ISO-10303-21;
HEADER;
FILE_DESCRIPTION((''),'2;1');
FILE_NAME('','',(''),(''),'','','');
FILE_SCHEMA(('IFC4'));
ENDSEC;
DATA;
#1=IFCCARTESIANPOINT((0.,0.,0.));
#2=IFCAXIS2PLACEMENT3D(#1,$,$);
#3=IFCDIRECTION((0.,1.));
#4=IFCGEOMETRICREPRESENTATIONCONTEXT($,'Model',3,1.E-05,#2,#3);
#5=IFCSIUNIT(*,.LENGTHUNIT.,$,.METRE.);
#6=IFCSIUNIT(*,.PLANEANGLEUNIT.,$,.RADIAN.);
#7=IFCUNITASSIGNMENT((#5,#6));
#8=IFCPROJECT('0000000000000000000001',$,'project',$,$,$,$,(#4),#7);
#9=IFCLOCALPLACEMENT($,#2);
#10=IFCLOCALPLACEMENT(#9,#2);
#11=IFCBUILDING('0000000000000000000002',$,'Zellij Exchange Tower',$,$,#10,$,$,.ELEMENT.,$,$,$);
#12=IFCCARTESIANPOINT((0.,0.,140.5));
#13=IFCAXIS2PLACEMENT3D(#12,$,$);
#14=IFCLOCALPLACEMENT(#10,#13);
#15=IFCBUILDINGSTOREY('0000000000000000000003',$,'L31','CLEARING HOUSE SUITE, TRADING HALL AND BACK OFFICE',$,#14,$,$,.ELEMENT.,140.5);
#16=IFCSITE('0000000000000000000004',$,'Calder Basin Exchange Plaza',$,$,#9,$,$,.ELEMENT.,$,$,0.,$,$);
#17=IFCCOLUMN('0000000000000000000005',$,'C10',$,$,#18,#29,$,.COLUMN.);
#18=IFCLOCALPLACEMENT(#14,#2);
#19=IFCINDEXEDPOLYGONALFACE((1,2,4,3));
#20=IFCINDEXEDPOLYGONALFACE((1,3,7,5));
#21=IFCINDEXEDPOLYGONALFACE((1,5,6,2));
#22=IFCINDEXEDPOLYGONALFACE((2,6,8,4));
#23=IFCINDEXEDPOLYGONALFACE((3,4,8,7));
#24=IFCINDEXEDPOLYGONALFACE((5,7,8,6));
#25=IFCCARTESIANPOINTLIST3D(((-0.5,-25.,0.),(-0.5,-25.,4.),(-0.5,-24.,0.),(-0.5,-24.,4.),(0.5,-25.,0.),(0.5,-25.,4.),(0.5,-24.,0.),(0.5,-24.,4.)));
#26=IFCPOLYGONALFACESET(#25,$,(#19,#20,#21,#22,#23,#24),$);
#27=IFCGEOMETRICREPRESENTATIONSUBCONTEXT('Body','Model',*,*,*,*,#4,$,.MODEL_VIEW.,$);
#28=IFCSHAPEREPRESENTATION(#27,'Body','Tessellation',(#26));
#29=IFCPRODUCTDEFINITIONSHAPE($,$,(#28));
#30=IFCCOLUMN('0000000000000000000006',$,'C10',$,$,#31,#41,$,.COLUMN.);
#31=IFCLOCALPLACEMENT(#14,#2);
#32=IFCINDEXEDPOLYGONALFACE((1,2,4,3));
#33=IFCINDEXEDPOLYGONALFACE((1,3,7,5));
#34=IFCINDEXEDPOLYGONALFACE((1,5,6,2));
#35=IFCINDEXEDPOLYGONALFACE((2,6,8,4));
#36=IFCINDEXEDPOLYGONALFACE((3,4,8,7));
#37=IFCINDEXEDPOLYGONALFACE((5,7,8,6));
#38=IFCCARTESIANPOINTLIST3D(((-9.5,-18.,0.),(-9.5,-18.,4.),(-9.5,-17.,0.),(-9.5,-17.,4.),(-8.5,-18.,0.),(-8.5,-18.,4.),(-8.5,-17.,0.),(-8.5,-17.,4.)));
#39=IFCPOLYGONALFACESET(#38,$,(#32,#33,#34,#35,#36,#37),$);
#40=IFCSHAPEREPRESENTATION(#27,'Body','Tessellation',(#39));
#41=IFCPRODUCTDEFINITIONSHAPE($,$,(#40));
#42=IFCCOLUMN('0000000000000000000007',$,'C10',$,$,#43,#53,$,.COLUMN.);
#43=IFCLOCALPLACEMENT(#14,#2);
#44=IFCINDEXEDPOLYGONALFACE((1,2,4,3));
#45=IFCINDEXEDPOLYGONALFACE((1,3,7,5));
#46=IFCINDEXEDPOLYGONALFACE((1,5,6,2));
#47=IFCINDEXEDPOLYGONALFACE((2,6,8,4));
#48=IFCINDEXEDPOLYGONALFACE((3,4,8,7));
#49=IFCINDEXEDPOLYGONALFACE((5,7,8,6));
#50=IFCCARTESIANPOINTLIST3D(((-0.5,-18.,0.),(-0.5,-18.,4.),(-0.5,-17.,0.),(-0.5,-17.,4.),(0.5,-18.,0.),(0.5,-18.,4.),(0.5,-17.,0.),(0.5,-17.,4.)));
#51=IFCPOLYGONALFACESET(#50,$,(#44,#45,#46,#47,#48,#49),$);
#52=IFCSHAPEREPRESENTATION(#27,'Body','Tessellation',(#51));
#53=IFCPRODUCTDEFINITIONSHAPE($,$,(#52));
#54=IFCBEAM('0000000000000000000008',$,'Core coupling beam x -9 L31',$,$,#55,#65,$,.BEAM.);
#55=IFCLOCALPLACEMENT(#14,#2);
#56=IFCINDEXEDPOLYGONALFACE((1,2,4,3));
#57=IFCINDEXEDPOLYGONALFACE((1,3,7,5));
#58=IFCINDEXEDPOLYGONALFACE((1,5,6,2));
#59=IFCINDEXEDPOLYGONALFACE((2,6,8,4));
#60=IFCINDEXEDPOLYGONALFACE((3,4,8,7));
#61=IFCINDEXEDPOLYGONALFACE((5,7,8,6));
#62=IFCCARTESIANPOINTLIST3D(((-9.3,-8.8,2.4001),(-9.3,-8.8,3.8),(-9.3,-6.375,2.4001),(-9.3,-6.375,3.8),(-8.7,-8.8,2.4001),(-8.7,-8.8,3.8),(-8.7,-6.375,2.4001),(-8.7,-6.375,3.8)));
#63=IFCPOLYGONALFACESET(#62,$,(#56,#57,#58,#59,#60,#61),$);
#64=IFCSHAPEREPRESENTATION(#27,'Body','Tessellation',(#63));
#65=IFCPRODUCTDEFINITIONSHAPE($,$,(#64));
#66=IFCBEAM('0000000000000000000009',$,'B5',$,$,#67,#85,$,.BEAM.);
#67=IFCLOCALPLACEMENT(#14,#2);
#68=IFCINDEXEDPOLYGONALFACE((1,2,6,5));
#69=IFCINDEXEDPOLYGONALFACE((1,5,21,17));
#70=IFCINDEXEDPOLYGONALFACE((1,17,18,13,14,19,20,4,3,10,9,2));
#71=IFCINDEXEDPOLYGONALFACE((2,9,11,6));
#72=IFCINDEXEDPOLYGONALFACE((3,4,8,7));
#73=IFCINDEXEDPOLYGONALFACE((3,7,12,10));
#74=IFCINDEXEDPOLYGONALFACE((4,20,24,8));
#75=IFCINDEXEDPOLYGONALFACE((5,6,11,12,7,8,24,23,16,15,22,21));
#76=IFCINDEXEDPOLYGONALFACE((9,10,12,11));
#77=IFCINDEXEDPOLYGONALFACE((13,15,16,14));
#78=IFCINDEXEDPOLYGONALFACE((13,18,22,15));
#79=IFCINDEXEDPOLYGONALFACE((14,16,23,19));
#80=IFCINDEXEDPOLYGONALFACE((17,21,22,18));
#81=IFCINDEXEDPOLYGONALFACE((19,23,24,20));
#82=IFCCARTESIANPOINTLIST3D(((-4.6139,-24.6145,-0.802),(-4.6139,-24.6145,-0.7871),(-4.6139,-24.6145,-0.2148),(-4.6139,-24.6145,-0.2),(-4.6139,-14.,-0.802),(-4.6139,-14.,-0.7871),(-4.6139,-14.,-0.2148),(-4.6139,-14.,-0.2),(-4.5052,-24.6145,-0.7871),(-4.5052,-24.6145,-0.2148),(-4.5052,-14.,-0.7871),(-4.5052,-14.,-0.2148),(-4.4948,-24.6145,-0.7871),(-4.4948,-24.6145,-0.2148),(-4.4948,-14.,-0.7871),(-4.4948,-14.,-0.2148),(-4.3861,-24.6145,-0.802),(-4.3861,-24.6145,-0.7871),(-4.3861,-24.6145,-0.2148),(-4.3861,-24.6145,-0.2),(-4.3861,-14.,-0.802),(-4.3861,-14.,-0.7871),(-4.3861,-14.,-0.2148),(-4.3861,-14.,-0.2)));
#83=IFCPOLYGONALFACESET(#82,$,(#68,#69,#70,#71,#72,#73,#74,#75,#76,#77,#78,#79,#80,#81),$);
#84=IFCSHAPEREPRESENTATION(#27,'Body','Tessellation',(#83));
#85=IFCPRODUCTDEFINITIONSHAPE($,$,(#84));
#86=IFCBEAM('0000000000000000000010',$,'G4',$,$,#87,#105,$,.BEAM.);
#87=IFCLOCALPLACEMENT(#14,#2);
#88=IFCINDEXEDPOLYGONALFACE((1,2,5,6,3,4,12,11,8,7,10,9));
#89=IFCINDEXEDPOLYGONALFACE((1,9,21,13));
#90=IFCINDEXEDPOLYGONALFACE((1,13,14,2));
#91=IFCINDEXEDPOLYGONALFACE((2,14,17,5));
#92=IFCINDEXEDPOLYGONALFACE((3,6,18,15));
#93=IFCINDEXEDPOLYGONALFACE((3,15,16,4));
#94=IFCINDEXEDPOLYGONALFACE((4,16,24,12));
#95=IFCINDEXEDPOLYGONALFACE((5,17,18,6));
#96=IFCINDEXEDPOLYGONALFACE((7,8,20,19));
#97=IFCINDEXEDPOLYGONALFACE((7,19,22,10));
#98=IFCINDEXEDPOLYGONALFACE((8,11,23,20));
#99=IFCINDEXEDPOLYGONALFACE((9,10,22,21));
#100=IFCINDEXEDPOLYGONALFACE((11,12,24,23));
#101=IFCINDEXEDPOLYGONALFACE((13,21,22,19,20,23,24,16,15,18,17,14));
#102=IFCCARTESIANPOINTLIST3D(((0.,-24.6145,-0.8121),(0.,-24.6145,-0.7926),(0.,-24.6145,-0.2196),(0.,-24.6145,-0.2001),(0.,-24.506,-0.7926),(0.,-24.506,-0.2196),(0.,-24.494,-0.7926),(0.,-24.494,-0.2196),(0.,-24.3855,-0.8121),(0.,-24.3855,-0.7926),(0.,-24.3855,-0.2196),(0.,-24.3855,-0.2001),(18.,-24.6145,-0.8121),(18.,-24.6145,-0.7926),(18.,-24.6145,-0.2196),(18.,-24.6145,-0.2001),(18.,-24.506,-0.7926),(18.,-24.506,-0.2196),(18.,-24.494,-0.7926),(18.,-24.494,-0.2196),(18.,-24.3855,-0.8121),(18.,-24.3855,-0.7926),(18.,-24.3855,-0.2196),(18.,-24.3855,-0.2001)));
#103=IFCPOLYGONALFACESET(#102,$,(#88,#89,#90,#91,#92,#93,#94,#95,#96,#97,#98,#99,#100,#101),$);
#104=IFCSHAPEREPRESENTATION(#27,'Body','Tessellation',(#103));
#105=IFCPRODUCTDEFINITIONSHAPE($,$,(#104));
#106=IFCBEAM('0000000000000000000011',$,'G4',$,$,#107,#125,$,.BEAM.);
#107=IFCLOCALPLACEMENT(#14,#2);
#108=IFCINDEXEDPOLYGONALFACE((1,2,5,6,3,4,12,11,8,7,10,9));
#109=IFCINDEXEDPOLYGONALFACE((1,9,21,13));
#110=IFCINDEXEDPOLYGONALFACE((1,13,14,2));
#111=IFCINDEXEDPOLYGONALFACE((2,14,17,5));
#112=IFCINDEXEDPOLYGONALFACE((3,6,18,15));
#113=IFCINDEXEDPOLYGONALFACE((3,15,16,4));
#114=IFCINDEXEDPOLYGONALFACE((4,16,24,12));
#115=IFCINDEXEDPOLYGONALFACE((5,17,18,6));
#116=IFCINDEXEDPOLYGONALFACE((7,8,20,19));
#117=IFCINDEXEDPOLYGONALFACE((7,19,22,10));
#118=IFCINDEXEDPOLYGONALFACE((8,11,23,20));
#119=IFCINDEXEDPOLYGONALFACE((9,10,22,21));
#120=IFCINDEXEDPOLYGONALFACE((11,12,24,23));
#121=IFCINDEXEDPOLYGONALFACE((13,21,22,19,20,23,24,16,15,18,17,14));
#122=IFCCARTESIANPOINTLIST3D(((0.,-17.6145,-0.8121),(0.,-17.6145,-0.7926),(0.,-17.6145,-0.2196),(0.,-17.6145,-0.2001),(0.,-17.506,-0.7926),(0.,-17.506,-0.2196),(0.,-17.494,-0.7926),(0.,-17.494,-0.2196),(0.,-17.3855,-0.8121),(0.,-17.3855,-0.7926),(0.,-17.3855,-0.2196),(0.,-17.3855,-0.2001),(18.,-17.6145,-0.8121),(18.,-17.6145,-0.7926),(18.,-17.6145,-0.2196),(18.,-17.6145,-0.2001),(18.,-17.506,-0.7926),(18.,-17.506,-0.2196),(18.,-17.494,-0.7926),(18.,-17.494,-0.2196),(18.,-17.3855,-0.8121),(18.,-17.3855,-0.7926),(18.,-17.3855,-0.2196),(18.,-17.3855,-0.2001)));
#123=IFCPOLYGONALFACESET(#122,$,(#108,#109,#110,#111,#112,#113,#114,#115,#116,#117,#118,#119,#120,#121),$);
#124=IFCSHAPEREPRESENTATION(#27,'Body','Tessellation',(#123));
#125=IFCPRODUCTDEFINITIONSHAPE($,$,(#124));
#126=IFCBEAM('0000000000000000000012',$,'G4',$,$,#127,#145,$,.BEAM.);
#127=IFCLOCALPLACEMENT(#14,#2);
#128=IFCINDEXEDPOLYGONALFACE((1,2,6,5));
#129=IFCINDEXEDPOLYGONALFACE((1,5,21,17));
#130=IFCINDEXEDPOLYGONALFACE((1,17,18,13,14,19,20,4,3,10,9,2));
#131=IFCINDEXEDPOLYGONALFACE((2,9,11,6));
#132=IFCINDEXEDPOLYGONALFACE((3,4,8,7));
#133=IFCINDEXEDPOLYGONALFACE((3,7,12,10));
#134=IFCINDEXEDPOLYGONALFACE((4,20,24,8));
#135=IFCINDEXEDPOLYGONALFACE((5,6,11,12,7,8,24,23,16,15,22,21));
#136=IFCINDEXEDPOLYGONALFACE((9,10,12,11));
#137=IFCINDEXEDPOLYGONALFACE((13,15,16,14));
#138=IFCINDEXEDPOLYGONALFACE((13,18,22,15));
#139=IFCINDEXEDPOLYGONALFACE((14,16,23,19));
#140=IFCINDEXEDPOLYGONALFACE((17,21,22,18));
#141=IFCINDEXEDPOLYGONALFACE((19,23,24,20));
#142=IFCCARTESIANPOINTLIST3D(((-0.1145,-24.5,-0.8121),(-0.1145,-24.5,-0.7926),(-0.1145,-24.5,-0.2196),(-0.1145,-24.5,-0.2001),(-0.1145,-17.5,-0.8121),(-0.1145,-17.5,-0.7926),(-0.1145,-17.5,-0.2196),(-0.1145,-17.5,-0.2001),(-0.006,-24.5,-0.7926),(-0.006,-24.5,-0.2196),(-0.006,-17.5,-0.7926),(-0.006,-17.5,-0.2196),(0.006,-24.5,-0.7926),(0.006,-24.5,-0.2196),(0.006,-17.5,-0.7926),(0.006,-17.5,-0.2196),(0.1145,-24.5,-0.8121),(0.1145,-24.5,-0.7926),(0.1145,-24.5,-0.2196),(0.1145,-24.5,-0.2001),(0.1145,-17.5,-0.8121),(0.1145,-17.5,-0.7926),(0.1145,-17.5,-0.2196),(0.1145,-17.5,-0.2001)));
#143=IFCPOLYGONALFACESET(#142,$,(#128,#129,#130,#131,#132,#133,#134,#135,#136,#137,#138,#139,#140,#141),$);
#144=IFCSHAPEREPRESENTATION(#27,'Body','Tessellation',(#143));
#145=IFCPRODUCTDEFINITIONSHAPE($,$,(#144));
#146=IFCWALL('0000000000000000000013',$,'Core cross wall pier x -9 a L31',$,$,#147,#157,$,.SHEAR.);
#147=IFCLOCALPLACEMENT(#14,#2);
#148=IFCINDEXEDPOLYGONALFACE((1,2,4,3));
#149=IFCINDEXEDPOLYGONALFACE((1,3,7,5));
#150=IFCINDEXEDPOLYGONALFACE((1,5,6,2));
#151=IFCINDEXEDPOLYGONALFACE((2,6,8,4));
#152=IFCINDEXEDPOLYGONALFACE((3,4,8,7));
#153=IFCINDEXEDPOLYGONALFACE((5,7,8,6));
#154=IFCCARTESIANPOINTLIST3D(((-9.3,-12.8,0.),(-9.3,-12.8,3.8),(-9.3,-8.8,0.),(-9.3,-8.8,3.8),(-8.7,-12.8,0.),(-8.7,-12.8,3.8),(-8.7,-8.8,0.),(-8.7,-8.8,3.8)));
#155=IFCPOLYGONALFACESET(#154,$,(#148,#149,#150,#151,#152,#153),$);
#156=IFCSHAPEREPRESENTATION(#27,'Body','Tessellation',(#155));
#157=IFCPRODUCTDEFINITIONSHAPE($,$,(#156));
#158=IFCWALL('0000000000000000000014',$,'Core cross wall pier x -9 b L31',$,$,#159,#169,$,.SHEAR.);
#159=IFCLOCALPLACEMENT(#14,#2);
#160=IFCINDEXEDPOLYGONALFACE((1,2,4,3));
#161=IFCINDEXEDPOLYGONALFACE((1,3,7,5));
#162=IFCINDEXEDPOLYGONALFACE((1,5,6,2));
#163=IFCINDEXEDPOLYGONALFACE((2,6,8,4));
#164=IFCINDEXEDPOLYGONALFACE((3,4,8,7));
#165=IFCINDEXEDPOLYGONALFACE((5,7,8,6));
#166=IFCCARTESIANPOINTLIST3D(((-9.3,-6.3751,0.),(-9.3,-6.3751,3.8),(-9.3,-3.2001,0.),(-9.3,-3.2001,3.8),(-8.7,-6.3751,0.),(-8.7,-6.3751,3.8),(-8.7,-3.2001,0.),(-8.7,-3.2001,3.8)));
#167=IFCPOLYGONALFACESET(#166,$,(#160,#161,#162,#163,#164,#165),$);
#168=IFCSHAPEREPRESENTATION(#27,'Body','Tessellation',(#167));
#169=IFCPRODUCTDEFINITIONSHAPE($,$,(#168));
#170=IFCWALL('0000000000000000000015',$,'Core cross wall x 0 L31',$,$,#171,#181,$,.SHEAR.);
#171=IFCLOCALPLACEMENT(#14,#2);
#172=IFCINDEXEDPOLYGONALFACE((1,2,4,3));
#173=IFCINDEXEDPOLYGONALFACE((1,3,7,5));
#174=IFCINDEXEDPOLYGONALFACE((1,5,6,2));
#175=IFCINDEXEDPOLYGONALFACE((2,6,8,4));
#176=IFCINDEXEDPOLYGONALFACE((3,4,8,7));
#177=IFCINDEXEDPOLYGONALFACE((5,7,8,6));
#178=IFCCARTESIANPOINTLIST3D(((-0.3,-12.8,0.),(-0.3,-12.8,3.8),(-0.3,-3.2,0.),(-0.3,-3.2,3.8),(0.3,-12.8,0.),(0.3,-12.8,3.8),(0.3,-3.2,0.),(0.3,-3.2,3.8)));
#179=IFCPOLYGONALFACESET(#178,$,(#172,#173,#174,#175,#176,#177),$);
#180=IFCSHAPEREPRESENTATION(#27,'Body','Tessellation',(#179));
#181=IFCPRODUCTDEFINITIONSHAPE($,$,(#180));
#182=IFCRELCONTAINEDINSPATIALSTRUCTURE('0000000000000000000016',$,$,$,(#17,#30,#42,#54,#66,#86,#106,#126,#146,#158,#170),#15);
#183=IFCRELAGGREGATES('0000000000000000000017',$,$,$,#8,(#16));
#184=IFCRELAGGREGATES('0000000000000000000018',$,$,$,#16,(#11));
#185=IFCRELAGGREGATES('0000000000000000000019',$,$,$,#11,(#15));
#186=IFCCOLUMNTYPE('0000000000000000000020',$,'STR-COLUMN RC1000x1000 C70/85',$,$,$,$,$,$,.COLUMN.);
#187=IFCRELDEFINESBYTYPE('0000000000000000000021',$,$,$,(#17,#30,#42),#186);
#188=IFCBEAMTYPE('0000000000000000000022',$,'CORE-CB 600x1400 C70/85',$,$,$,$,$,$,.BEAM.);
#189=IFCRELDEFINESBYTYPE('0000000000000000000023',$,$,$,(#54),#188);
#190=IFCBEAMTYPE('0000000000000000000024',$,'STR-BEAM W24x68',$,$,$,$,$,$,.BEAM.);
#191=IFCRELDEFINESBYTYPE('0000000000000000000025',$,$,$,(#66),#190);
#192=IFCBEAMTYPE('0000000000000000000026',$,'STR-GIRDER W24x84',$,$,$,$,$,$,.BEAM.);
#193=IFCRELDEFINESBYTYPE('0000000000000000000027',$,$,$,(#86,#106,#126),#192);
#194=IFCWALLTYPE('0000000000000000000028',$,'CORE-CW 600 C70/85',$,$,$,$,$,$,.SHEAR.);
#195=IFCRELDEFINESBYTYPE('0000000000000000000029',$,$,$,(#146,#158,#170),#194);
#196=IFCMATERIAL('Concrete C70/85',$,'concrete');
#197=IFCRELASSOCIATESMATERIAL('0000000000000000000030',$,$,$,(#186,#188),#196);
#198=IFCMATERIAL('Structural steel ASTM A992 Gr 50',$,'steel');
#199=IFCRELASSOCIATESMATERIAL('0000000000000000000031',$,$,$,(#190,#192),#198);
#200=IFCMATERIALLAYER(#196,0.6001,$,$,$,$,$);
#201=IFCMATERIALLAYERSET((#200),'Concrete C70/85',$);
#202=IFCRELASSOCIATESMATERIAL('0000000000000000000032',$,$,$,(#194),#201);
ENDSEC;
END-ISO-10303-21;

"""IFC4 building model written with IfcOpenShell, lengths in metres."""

from ifc_helpers import new_model, si_unit, direction, frame, frame_2d, origin, origin_2d, place, context, subcontext, project, spatial, rectangle, i_section, extrude, material, layer, layer_set, material_profile, profile_set, type_object, element, save


model = new_model("IFC4")

# Units and contexts
model_context = context("Model", 3, precision=1e-05, world=origin(), true_north=direction((0.0, 1.0)))
body_context = subcontext(model_context, "Body", "Model", "MODEL_VIEW")
ifc_project = project(units=[si_unit("LENGTHUNIT", "METRE"), si_unit("PLANEANGLEUNIT", "RADIAN")], contexts=[model_context])

# Site, building, storey
site_placement = place(None, origin())
site = spatial("IfcSite", under=ifc_project, at=site_placement, Name="Calder Basin Exchange Plaza", CompositionType="ELEMENT", RefElevation=0.0)
building_placement = place(site_placement, origin())
building = spatial("IfcBuilding", under=site, at=building_placement, Name="Zellij Exchange Tower", CompositionType="ELEMENT")
storey_placement = place(building_placement, frame((0.0, 0.0, 140.5)))
storey = spatial("IfcBuildingStorey", under=building, at=storey_placement, Name="L31", Description="CLEARING HOUSE SUITE, TRADING HALL AND BACK OFFICE", CompositionType="ELEMENT", Elevation=140.5)

# Columns
ifc_material_1 = material(Name="Concrete C70/85", Category="concrete")
ifc_material_profile_1 = material_profile(ifc_material_1, rectangle(XDim=1.0, YDim=1.0, at=origin_2d()), Name="STR-COLUMN RC1000x1000 C70/85")
ifc_profile_set_1 = profile_set([ifc_material_profile_1], Name="Concrete C70/85")
column_type = type_object("IfcColumnType", Name="STR-COLUMN RC1000x1000 C70/85", PredefinedType="COLUMN", material=ifc_profile_set_1)
for number, where, z_axis, x_axis, name in (
    (1, (0.0, -24.5, 0.0), (0.0, 0.0, 1.0), (1.0, 0.0, 0.0), "C10"),
    (2, (-9.0, -17.5, 0.0), (0.0, 0.0, 1.0), (1.0, 0.0, 0.0), "C10"),
    (3, (0.0, -17.5, 0.0), (0.0, 0.0, 1.0), (1.0, 0.0, 0.0), "C10"),
):
    element("IfcColumn", number, at=place(storey_placement, frame(where, z_axis=z_axis, x_axis=x_axis)), inside=storey, type_object=column_type, Name=name, PredefinedType="COLUMN", context=body_context, shape_type="SweptSolid", body=[
        extrude(rectangle(XDim=1.0, YDim=1.0, at=origin_2d()), origin(), (0.0, 0.0, 1.0), 4.0),
    ])

# Beams
ifc_material_profile_2 = material_profile(ifc_material_1, rectangle(XDim=0.6001, YDim=1.3999, at=origin_2d()), Name="CORE-CB 600x1400 C70/85")
ifc_profile_set_2 = profile_set([ifc_material_profile_2], Name="Concrete C70/85")
beam_type_1 = type_object("IfcBeamType", Name="CORE-CB 600x1400 C70/85", PredefinedType="BEAM", material=ifc_profile_set_2)
beam_1_placement = place(storey_placement, frame((-9.0, -8.8, 3.1001), z_axis=(0.0, 1.0, 0.0), x_axis=(-1.0, 0.0, 0.0)))
element("IfcBeam", 4, at=beam_1_placement, inside=storey, type_object=beam_type_1, Name="Core coupling beam x -9 L31", PredefinedType="BEAM", context=body_context, shape_type="SweptSolid", body=[
    extrude(rectangle(XDim=0.6001, YDim=1.3999, at=origin_2d()), origin(), (0.0, 0.0, 1.0), 2.425),
])
ifc_material_2 = material(Name="Structural steel ASTM A992 Gr 50", Category="steel")
ifc_material_profile_3 = material_profile(ifc_material_2, i_section(OverallWidth=0.2278, OverallDepth=0.6021, WebThickness=0.0105, FlangeThickness=0.0149, at=origin_2d()), Name="W24x68")
ifc_profile_set_3 = profile_set([ifc_material_profile_3], Name="Structural steel ASTM A992 Gr 50")
beam_type_2 = type_object("IfcBeamType", Name="STR-BEAM W24x68", PredefinedType="BEAM", material=ifc_profile_set_3)
beam_2_placement = place(storey_placement, frame((-4.5, -24.6145, -0.501), z_axis=(0.0, 1.0, 0.0), x_axis=(-1.0, 0.0, 0.0)))
element("IfcBeam", 5, at=beam_2_placement, inside=storey, type_object=beam_type_2, Name="B5", PredefinedType="BEAM", context=body_context, shape_type="SweptSolid", body=[
    extrude(i_section(OverallWidth=0.2278, OverallDepth=0.6021, WebThickness=0.0105, FlangeThickness=0.0149, at=origin_2d()), origin(), (0.0, 0.0, 1.0), 10.6145),
])
ifc_material_profile_4 = material_profile(ifc_material_2, i_section(OverallWidth=0.229, OverallDepth=0.6121, WebThickness=0.012, FlangeThickness=0.0195, at=origin_2d()), Name="W24x84")
ifc_profile_set_4 = profile_set([ifc_material_profile_4], Name="Structural steel ASTM A992 Gr 50")
beam_type_3 = type_object("IfcBeamType", Name="STR-GIRDER W24x84", PredefinedType="BEAM", material=ifc_profile_set_4)
for number, where, z_axis, x_axis, name in (
    (6, (0.0, -24.5, -0.5061), (1.0, 0.0, 0.0), (0.0, 1.0, 0.0), "G4"),
    (7, (0.0, -17.5, -0.5061), (1.0, 0.0, 0.0), (0.0, 1.0, 0.0), "G4"),
):
    element("IfcBeam", number, at=place(storey_placement, frame(where, z_axis=z_axis, x_axis=x_axis)), inside=storey, type_object=beam_type_3, Name=name, PredefinedType="BEAM", context=body_context, shape_type="SweptSolid", body=[
        extrude(i_section(OverallWidth=0.229, OverallDepth=0.6121, WebThickness=0.012, FlangeThickness=0.0195, at=origin_2d()), origin(), (0.0, 0.0, 1.0), 18.0),
    ])
beam_3_placement = place(storey_placement, frame((0.0, -24.5, -0.5061), z_axis=(0.0, 1.0, 0.0), x_axis=(-1.0, 0.0, 0.0)))
element("IfcBeam", 8, at=beam_3_placement, inside=storey, type_object=beam_type_3, Name="G4", PredefinedType="BEAM", context=body_context, shape_type="SweptSolid", body=[
    extrude(i_section(OverallWidth=0.229, OverallDepth=0.6121, WebThickness=0.012, FlangeThickness=0.0195, at=origin_2d()), origin(), (0.0, 0.0, 1.0), 7.0),
])

# Walls
ifc_layer_1 = layer(ifc_material_1, 0.6001)
ifc_layer_set_1 = layer_set([ifc_layer_1], Name="Concrete C70/85")
wall_type_1 = type_object("IfcWallType", Name="CORE-CW 600 C70/85", PredefinedType="SHEAR", material=ifc_layer_set_1)
wall_1_placement = place(storey_placement, frame((-9.0, -12.8, 0.0), z_axis=(0.0, 0.0, 1.0), x_axis=(0.0, 1.0, 0.0)))
element("IfcWall", 9, at=wall_1_placement, inside=storey, type_object=wall_type_1, Name="Core cross wall pier x -9 a L31", PredefinedType="SHEAR", context=body_context, shape_type="SweptSolid", body=[
    extrude(rectangle(XDim=4.0, YDim=0.6001, at=frame_2d((2.0, 0.0))), origin(), (0.0, 0.0, 1.0), 3.8),
])
wall_2_placement = place(storey_placement, frame((-9.0, -6.375, 0.0), z_axis=(0.0, 0.0, 1.0), x_axis=(0.0, 1.0, 0.0)))
element("IfcWall", 10, at=wall_2_placement, inside=storey, type_object=wall_type_1, Name="Core cross wall pier x -9 b L31", PredefinedType="SHEAR", context=body_context, shape_type="SweptSolid", body=[
    extrude(rectangle(XDim=3.175, YDim=0.6001, at=frame_2d((1.5874, 0.0))), origin(), (0.0, 0.0, 1.0), 3.8),
])
wall_3_placement = place(storey_placement, frame((0.0, -12.8, 0.0), z_axis=(0.0, 0.0, 1.0), x_axis=(0.0, 1.0, 0.0)))
element("IfcWall", 11, at=wall_3_placement, inside=storey, type_object=wall_type_1, Name="Core cross wall x 0 L31", PredefinedType="SHEAR", context=body_context, shape_type="SweptSolid", body=[
    extrude(rectangle(XDim=9.6001, YDim=0.6001, at=frame_2d((4.8, 0.0))), origin(), (0.0, 0.0, 1.0), 3.8),
])

save(model, "model.ifc")
